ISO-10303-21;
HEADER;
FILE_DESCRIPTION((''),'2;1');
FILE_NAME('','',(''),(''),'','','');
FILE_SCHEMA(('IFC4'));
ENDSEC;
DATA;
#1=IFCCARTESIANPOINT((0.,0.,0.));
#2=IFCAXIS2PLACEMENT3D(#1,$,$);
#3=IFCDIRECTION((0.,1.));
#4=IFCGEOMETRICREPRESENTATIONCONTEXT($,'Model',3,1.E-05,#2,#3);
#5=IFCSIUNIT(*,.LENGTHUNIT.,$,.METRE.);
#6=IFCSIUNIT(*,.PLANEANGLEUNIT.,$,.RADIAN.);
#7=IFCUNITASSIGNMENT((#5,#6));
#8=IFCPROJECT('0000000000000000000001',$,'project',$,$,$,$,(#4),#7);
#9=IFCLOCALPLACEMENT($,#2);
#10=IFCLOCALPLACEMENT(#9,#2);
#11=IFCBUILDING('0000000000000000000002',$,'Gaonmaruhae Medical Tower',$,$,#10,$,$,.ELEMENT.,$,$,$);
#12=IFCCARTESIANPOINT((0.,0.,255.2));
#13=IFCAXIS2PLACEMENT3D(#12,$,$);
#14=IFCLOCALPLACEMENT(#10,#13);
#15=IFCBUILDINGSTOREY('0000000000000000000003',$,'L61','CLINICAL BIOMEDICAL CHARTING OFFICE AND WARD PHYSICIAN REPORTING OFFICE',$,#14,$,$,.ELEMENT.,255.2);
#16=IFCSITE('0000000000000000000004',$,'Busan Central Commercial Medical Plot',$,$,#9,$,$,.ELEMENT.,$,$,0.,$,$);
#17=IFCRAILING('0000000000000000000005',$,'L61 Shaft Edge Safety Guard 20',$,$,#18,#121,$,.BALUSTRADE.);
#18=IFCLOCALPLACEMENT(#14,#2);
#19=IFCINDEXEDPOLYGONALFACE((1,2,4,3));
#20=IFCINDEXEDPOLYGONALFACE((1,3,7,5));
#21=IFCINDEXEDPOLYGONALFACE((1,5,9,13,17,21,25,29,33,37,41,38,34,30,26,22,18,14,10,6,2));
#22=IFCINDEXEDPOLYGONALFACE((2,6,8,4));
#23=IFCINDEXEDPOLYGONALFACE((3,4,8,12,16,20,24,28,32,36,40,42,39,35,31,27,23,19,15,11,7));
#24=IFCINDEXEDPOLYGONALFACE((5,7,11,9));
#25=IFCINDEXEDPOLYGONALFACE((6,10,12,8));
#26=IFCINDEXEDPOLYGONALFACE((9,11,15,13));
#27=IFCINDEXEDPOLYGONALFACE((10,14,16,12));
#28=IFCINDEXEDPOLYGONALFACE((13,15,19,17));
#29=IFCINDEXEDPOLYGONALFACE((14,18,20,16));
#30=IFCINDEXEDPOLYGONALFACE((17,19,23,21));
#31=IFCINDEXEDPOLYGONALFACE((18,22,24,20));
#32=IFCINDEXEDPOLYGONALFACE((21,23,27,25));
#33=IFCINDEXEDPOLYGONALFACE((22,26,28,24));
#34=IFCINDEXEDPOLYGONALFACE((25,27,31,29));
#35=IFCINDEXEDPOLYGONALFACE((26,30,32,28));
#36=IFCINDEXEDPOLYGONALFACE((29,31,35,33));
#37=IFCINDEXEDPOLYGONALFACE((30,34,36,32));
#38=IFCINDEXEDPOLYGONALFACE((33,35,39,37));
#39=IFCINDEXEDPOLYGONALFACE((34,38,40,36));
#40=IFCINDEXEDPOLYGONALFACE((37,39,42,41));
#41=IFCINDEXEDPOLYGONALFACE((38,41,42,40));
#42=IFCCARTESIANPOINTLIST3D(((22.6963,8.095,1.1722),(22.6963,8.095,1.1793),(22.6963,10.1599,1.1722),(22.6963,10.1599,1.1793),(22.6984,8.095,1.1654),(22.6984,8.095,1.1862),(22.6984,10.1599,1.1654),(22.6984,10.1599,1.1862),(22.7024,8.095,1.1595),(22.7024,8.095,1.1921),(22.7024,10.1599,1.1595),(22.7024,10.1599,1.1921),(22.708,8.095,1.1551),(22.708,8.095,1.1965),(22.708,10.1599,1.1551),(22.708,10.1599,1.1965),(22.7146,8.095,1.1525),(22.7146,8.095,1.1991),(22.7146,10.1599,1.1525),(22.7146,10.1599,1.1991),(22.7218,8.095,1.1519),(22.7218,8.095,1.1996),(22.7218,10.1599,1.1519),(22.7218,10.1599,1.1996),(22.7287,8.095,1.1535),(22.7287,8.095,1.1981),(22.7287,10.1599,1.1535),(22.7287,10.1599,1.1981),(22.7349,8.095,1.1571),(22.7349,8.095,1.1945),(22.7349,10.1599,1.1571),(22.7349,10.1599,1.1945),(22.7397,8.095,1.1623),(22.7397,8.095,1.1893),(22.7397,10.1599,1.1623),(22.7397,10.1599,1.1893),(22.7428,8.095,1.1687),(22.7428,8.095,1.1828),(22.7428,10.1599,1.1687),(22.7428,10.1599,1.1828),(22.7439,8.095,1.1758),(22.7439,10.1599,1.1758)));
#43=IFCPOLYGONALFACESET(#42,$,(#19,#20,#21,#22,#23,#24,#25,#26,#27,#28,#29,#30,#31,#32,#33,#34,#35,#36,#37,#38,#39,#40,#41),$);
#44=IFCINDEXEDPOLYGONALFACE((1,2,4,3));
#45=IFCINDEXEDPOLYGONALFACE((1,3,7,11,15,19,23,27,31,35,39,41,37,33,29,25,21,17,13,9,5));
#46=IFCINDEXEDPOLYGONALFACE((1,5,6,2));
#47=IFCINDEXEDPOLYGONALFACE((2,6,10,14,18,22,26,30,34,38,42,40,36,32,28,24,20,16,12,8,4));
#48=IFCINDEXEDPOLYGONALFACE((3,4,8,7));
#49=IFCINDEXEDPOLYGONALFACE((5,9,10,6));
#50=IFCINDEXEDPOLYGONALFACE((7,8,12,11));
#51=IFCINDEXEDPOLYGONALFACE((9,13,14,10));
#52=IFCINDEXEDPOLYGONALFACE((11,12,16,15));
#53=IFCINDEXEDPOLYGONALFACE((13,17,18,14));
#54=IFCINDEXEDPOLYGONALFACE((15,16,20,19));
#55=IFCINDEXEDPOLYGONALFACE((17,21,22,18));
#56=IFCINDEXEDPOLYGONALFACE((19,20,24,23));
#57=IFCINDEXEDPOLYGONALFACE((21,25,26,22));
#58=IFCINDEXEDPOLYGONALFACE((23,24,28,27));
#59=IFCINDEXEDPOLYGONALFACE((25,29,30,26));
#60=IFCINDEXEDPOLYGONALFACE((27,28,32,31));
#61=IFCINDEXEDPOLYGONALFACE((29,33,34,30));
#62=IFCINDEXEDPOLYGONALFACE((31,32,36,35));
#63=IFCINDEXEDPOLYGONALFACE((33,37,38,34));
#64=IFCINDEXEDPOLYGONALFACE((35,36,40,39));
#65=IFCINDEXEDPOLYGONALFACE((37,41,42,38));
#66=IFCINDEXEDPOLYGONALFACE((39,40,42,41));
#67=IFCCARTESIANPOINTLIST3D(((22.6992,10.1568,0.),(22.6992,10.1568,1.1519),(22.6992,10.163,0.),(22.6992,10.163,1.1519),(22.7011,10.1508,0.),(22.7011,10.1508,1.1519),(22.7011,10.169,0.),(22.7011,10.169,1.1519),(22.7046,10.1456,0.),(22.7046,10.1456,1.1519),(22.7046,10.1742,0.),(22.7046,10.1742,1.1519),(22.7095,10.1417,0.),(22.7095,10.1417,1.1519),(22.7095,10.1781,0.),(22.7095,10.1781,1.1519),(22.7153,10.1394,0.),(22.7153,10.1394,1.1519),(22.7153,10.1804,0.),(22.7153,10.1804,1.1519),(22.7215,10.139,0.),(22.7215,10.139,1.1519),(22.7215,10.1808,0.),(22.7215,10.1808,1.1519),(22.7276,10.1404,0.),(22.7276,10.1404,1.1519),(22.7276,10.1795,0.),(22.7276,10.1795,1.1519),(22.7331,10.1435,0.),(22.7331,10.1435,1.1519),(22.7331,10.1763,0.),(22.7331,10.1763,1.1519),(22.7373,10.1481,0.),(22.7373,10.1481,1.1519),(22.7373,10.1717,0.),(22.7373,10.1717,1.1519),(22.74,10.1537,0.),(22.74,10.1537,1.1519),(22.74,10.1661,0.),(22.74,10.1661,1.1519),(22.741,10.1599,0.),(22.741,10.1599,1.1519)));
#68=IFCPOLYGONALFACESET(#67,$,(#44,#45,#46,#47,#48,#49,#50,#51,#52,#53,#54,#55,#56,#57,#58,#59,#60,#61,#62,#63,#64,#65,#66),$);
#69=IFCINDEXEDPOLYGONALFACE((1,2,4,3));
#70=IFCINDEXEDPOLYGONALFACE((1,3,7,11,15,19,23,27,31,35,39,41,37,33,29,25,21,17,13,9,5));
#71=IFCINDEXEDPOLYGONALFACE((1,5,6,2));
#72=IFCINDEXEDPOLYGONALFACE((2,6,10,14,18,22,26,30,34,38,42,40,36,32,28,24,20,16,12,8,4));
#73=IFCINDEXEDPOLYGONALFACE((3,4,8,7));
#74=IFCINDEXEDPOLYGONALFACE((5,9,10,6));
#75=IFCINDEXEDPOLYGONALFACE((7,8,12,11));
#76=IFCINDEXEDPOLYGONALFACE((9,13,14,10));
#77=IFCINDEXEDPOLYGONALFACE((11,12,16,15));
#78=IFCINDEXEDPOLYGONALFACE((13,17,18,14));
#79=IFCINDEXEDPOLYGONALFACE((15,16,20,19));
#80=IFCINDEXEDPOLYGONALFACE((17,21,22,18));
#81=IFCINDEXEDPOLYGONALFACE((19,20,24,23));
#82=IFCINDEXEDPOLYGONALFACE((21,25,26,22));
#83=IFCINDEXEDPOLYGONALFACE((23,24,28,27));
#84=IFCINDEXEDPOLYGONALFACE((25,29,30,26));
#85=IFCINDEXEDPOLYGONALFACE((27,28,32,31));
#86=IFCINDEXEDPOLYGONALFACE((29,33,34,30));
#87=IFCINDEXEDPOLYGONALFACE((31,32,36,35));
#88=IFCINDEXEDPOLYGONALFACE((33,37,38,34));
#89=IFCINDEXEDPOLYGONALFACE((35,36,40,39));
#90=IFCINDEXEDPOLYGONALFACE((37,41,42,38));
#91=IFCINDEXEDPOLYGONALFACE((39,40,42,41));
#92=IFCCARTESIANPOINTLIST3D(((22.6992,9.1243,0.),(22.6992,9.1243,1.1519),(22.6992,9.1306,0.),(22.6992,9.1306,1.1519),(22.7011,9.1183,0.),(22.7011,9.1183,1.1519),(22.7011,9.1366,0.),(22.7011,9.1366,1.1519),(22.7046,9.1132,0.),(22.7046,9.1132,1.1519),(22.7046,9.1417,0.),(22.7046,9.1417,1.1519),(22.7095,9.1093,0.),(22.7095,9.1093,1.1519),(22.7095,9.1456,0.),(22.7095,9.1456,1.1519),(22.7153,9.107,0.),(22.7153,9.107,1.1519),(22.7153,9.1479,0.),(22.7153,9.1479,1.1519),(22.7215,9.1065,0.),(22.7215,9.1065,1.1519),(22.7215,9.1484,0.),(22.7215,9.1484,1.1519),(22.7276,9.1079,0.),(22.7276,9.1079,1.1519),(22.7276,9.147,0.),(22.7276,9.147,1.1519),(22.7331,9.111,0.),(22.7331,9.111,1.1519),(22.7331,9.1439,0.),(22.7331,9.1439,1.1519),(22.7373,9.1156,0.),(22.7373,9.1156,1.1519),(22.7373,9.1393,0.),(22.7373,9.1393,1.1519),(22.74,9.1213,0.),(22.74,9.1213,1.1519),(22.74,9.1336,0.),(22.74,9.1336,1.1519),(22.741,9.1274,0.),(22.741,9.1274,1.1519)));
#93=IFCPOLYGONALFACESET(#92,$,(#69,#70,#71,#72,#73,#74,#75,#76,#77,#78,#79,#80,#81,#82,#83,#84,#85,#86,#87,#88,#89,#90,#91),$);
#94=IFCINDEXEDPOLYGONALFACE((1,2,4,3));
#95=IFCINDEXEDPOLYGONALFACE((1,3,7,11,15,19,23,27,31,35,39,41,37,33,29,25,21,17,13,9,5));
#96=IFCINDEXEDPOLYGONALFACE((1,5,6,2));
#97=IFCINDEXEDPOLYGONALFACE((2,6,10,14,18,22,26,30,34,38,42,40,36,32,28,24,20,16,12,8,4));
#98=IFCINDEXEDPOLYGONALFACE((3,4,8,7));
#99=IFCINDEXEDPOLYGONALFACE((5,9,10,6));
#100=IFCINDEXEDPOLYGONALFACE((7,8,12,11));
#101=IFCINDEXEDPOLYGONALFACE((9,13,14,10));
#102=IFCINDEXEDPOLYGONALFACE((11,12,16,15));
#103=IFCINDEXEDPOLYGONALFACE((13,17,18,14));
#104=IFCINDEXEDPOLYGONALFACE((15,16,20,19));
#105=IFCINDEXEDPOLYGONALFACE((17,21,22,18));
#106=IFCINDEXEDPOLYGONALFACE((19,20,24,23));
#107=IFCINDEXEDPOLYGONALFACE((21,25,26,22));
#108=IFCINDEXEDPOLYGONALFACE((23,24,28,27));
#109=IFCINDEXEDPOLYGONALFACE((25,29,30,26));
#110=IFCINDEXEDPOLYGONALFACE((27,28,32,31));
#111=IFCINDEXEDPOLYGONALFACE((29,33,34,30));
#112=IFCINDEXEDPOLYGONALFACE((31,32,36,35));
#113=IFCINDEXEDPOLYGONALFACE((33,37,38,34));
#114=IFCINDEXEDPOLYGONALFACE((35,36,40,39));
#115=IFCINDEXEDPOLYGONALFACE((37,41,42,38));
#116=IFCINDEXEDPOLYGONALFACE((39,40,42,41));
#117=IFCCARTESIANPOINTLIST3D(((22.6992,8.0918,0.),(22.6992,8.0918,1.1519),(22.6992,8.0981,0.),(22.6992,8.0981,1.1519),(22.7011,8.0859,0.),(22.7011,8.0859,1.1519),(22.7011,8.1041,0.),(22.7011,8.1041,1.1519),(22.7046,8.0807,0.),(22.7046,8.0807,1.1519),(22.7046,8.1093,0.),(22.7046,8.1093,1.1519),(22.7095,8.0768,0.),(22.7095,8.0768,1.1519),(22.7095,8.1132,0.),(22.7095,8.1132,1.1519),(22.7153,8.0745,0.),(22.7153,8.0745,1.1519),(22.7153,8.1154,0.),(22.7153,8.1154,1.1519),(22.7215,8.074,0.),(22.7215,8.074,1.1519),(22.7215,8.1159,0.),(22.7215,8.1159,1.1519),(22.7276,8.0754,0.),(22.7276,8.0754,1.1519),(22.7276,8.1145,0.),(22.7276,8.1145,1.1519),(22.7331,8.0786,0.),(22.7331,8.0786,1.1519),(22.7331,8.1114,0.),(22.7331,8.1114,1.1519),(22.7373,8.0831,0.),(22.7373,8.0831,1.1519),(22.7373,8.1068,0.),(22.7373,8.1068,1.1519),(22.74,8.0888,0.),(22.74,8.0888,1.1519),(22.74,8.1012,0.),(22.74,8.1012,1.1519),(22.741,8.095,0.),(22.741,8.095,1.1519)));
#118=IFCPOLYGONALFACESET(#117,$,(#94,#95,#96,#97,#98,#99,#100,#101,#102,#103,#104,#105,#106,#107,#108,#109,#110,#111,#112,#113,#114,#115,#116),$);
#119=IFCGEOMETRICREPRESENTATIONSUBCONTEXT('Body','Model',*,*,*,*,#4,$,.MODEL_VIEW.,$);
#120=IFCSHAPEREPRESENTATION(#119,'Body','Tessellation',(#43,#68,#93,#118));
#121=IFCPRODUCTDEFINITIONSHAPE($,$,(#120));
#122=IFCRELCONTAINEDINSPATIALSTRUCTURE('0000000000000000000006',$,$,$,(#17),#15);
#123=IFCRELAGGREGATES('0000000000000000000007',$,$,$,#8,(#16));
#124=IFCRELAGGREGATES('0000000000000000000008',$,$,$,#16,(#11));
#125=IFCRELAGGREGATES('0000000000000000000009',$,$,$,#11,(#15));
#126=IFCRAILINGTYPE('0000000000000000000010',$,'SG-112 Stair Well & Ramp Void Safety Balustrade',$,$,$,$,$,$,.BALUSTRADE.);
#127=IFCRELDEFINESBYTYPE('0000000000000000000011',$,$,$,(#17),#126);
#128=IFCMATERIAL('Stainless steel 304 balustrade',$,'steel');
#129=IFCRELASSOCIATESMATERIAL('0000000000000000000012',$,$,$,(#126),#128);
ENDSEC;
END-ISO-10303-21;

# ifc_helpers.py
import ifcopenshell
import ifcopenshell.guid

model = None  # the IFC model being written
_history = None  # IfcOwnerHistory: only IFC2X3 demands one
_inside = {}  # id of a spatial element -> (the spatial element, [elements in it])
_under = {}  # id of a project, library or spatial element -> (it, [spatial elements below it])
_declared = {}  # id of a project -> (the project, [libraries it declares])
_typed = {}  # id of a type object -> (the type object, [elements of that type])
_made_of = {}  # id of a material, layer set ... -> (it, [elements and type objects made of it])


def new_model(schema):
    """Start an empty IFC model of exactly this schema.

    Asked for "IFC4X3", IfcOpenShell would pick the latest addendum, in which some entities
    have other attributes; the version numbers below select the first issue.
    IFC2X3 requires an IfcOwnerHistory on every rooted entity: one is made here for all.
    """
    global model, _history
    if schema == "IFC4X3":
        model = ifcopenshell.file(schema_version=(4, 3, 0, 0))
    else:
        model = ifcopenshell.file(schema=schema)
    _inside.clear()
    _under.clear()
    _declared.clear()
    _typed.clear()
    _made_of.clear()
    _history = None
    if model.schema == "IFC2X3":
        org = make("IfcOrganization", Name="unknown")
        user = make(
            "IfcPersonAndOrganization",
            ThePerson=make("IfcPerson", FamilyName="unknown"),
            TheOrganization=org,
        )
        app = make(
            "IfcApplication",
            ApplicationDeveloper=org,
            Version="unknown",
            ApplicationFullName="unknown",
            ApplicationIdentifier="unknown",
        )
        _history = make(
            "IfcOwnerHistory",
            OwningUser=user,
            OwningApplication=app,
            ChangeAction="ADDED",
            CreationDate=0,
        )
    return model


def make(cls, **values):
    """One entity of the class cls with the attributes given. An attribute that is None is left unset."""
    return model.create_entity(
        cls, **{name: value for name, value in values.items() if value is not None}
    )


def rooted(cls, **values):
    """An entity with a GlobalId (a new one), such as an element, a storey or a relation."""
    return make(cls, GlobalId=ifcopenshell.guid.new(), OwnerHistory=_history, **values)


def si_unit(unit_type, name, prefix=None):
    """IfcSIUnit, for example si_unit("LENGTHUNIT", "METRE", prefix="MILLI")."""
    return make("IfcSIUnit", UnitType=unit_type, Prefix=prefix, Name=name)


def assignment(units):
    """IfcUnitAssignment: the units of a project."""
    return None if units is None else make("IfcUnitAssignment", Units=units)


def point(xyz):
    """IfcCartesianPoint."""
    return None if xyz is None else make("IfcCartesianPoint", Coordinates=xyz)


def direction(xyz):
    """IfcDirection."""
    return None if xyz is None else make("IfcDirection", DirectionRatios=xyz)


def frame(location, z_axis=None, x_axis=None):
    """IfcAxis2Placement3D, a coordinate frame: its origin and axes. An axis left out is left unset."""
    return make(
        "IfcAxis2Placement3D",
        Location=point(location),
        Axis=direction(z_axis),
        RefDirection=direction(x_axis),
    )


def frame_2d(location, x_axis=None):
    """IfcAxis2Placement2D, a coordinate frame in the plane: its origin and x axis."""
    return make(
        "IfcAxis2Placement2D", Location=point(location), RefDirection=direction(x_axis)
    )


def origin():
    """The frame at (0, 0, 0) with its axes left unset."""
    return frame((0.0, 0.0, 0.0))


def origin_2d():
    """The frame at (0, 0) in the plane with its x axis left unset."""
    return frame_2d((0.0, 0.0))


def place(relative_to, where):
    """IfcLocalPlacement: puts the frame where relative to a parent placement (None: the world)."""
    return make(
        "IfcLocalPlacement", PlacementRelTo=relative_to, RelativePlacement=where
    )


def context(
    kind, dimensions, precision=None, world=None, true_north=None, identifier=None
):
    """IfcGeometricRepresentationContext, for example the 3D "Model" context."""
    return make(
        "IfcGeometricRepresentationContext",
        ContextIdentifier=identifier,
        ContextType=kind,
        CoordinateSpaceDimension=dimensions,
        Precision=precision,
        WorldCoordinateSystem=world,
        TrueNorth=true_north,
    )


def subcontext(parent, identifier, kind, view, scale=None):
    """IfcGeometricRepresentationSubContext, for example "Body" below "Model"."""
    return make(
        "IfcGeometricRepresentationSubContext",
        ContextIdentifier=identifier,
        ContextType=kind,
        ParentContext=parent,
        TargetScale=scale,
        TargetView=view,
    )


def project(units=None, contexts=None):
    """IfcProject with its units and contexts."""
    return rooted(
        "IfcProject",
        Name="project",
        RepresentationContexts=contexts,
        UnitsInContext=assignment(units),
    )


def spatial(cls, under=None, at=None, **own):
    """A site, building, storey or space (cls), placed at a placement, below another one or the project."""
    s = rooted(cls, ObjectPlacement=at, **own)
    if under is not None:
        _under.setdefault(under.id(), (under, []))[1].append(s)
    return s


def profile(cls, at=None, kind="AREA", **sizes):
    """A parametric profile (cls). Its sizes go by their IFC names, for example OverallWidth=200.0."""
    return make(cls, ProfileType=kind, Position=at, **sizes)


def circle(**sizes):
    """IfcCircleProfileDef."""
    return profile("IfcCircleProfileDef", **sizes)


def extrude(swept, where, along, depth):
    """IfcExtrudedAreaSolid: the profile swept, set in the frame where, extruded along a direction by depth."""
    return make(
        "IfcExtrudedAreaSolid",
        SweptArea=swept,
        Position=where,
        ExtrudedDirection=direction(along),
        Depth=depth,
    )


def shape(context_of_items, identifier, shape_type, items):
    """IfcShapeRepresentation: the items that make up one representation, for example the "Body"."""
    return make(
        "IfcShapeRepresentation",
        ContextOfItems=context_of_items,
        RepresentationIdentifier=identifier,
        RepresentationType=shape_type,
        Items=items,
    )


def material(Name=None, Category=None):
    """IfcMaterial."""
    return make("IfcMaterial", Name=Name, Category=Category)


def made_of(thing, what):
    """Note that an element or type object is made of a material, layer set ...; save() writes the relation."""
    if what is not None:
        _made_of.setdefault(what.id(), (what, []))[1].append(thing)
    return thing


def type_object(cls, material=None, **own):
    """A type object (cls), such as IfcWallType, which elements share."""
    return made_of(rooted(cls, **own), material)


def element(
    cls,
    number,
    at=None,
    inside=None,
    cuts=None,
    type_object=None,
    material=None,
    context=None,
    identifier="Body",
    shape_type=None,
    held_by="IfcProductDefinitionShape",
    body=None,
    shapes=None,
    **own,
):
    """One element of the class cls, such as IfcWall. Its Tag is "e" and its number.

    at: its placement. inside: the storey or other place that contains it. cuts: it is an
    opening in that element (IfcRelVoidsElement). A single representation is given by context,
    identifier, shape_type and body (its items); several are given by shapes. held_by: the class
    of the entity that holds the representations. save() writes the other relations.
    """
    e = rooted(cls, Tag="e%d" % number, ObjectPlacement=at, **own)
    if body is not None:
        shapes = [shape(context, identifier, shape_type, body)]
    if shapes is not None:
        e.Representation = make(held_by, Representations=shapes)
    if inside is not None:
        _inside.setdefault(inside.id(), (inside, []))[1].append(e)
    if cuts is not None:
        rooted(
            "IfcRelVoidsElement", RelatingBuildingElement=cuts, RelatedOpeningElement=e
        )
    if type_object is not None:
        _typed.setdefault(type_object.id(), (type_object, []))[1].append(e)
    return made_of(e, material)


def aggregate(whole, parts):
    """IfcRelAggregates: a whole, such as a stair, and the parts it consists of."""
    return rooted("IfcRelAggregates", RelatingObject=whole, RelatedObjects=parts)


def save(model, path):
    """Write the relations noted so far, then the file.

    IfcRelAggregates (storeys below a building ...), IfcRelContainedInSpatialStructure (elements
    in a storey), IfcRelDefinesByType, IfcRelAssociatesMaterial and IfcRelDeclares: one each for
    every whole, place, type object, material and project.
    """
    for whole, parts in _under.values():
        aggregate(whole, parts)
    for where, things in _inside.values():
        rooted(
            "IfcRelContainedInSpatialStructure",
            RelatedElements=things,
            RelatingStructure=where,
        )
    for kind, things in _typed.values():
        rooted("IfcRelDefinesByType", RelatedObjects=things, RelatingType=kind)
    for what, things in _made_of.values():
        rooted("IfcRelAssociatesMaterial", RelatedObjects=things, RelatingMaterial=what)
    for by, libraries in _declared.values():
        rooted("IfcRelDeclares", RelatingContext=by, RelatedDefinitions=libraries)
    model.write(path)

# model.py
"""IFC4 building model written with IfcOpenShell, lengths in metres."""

from ifc_helpers import new_model, si_unit, direction, frame, origin, origin_2d, place, context, subcontext, project, spatial, circle, extrude, material, type_object, element, save


model = new_model("IFC4")

# Units and contexts
model_context = context("Model", 3, precision=1e-05, world=origin(), true_north=direction((0.0, 1.0)))
body_context = subcontext(model_context, "Body", "Model", "MODEL_VIEW")
ifc_project = project(units=[si_unit("LENGTHUNIT", "METRE"), si_unit("PLANEANGLEUNIT", "RADIAN")], contexts=[model_context])

# Site, building, storey
site_placement = place(None, origin())
site = spatial("IfcSite", under=ifc_project, at=site_placement, Name="Busan Central Commercial Medical Plot", CompositionType="ELEMENT", RefElevation=0.0)
building_placement = place(site_placement, origin())
building = spatial("IfcBuilding", under=site, at=building_placement, Name="Gaonmaruhae Medical Tower", CompositionType="ELEMENT")
storey_placement = place(building_placement, frame((0.0, 0.0, 255.2)))
storey = spatial("IfcBuildingStorey", under=building, at=storey_placement, Name="L61", Description="CLINICAL BIOMEDICAL CHARTING OFFICE AND WARD PHYSICIAN REPORTING OFFICE", CompositionType="ELEMENT", Elevation=255.2)

# Railing
ifc_material_1 = material(Name="Stainless steel 304 balustrade", Category="steel")
railing_type_1 = type_object("IfcRailingType", Name="SG-112 Stair Well & Ramp Void Safety Balustrade", PredefinedType="BALUSTRADE", material=ifc_material_1)
railing_1_placement = place(storey_placement, frame((22.72, 10.1599, 0.0)))
element("IfcRailing", 1, at=railing_1_placement, inside=storey, type_object=railing_type_1, Name="L61 Shaft Edge Safety Guard 20", PredefinedType="BALUSTRADE", context=body_context, shape_type="SweptSolid", body=[
    extrude(circle(Radius=0.0239, at=origin_2d()), frame((0.0, 0.0, 1.1758), z_axis=(0.0, -1.0, 0.0), x_axis=(1.0, 0.0, 0.0)), (0.0, 0.0, 1.0), 2.0649),
    extrude(circle(Radius=0.021, at=origin_2d()), origin(), (0.0, 0.0, 1.0), 1.1519),
    extrude(circle(Radius=0.021, at=origin_2d()), frame((0.0, -1.0325, 0.0)), (0.0, 0.0, 1.0), 1.1519),
    extrude(circle(Radius=0.021, at=origin_2d()), frame((0.0, -2.0649, 0.0)), (0.0, 0.0, 1.0), 1.1519),
])

save(model, "model.ifc")
